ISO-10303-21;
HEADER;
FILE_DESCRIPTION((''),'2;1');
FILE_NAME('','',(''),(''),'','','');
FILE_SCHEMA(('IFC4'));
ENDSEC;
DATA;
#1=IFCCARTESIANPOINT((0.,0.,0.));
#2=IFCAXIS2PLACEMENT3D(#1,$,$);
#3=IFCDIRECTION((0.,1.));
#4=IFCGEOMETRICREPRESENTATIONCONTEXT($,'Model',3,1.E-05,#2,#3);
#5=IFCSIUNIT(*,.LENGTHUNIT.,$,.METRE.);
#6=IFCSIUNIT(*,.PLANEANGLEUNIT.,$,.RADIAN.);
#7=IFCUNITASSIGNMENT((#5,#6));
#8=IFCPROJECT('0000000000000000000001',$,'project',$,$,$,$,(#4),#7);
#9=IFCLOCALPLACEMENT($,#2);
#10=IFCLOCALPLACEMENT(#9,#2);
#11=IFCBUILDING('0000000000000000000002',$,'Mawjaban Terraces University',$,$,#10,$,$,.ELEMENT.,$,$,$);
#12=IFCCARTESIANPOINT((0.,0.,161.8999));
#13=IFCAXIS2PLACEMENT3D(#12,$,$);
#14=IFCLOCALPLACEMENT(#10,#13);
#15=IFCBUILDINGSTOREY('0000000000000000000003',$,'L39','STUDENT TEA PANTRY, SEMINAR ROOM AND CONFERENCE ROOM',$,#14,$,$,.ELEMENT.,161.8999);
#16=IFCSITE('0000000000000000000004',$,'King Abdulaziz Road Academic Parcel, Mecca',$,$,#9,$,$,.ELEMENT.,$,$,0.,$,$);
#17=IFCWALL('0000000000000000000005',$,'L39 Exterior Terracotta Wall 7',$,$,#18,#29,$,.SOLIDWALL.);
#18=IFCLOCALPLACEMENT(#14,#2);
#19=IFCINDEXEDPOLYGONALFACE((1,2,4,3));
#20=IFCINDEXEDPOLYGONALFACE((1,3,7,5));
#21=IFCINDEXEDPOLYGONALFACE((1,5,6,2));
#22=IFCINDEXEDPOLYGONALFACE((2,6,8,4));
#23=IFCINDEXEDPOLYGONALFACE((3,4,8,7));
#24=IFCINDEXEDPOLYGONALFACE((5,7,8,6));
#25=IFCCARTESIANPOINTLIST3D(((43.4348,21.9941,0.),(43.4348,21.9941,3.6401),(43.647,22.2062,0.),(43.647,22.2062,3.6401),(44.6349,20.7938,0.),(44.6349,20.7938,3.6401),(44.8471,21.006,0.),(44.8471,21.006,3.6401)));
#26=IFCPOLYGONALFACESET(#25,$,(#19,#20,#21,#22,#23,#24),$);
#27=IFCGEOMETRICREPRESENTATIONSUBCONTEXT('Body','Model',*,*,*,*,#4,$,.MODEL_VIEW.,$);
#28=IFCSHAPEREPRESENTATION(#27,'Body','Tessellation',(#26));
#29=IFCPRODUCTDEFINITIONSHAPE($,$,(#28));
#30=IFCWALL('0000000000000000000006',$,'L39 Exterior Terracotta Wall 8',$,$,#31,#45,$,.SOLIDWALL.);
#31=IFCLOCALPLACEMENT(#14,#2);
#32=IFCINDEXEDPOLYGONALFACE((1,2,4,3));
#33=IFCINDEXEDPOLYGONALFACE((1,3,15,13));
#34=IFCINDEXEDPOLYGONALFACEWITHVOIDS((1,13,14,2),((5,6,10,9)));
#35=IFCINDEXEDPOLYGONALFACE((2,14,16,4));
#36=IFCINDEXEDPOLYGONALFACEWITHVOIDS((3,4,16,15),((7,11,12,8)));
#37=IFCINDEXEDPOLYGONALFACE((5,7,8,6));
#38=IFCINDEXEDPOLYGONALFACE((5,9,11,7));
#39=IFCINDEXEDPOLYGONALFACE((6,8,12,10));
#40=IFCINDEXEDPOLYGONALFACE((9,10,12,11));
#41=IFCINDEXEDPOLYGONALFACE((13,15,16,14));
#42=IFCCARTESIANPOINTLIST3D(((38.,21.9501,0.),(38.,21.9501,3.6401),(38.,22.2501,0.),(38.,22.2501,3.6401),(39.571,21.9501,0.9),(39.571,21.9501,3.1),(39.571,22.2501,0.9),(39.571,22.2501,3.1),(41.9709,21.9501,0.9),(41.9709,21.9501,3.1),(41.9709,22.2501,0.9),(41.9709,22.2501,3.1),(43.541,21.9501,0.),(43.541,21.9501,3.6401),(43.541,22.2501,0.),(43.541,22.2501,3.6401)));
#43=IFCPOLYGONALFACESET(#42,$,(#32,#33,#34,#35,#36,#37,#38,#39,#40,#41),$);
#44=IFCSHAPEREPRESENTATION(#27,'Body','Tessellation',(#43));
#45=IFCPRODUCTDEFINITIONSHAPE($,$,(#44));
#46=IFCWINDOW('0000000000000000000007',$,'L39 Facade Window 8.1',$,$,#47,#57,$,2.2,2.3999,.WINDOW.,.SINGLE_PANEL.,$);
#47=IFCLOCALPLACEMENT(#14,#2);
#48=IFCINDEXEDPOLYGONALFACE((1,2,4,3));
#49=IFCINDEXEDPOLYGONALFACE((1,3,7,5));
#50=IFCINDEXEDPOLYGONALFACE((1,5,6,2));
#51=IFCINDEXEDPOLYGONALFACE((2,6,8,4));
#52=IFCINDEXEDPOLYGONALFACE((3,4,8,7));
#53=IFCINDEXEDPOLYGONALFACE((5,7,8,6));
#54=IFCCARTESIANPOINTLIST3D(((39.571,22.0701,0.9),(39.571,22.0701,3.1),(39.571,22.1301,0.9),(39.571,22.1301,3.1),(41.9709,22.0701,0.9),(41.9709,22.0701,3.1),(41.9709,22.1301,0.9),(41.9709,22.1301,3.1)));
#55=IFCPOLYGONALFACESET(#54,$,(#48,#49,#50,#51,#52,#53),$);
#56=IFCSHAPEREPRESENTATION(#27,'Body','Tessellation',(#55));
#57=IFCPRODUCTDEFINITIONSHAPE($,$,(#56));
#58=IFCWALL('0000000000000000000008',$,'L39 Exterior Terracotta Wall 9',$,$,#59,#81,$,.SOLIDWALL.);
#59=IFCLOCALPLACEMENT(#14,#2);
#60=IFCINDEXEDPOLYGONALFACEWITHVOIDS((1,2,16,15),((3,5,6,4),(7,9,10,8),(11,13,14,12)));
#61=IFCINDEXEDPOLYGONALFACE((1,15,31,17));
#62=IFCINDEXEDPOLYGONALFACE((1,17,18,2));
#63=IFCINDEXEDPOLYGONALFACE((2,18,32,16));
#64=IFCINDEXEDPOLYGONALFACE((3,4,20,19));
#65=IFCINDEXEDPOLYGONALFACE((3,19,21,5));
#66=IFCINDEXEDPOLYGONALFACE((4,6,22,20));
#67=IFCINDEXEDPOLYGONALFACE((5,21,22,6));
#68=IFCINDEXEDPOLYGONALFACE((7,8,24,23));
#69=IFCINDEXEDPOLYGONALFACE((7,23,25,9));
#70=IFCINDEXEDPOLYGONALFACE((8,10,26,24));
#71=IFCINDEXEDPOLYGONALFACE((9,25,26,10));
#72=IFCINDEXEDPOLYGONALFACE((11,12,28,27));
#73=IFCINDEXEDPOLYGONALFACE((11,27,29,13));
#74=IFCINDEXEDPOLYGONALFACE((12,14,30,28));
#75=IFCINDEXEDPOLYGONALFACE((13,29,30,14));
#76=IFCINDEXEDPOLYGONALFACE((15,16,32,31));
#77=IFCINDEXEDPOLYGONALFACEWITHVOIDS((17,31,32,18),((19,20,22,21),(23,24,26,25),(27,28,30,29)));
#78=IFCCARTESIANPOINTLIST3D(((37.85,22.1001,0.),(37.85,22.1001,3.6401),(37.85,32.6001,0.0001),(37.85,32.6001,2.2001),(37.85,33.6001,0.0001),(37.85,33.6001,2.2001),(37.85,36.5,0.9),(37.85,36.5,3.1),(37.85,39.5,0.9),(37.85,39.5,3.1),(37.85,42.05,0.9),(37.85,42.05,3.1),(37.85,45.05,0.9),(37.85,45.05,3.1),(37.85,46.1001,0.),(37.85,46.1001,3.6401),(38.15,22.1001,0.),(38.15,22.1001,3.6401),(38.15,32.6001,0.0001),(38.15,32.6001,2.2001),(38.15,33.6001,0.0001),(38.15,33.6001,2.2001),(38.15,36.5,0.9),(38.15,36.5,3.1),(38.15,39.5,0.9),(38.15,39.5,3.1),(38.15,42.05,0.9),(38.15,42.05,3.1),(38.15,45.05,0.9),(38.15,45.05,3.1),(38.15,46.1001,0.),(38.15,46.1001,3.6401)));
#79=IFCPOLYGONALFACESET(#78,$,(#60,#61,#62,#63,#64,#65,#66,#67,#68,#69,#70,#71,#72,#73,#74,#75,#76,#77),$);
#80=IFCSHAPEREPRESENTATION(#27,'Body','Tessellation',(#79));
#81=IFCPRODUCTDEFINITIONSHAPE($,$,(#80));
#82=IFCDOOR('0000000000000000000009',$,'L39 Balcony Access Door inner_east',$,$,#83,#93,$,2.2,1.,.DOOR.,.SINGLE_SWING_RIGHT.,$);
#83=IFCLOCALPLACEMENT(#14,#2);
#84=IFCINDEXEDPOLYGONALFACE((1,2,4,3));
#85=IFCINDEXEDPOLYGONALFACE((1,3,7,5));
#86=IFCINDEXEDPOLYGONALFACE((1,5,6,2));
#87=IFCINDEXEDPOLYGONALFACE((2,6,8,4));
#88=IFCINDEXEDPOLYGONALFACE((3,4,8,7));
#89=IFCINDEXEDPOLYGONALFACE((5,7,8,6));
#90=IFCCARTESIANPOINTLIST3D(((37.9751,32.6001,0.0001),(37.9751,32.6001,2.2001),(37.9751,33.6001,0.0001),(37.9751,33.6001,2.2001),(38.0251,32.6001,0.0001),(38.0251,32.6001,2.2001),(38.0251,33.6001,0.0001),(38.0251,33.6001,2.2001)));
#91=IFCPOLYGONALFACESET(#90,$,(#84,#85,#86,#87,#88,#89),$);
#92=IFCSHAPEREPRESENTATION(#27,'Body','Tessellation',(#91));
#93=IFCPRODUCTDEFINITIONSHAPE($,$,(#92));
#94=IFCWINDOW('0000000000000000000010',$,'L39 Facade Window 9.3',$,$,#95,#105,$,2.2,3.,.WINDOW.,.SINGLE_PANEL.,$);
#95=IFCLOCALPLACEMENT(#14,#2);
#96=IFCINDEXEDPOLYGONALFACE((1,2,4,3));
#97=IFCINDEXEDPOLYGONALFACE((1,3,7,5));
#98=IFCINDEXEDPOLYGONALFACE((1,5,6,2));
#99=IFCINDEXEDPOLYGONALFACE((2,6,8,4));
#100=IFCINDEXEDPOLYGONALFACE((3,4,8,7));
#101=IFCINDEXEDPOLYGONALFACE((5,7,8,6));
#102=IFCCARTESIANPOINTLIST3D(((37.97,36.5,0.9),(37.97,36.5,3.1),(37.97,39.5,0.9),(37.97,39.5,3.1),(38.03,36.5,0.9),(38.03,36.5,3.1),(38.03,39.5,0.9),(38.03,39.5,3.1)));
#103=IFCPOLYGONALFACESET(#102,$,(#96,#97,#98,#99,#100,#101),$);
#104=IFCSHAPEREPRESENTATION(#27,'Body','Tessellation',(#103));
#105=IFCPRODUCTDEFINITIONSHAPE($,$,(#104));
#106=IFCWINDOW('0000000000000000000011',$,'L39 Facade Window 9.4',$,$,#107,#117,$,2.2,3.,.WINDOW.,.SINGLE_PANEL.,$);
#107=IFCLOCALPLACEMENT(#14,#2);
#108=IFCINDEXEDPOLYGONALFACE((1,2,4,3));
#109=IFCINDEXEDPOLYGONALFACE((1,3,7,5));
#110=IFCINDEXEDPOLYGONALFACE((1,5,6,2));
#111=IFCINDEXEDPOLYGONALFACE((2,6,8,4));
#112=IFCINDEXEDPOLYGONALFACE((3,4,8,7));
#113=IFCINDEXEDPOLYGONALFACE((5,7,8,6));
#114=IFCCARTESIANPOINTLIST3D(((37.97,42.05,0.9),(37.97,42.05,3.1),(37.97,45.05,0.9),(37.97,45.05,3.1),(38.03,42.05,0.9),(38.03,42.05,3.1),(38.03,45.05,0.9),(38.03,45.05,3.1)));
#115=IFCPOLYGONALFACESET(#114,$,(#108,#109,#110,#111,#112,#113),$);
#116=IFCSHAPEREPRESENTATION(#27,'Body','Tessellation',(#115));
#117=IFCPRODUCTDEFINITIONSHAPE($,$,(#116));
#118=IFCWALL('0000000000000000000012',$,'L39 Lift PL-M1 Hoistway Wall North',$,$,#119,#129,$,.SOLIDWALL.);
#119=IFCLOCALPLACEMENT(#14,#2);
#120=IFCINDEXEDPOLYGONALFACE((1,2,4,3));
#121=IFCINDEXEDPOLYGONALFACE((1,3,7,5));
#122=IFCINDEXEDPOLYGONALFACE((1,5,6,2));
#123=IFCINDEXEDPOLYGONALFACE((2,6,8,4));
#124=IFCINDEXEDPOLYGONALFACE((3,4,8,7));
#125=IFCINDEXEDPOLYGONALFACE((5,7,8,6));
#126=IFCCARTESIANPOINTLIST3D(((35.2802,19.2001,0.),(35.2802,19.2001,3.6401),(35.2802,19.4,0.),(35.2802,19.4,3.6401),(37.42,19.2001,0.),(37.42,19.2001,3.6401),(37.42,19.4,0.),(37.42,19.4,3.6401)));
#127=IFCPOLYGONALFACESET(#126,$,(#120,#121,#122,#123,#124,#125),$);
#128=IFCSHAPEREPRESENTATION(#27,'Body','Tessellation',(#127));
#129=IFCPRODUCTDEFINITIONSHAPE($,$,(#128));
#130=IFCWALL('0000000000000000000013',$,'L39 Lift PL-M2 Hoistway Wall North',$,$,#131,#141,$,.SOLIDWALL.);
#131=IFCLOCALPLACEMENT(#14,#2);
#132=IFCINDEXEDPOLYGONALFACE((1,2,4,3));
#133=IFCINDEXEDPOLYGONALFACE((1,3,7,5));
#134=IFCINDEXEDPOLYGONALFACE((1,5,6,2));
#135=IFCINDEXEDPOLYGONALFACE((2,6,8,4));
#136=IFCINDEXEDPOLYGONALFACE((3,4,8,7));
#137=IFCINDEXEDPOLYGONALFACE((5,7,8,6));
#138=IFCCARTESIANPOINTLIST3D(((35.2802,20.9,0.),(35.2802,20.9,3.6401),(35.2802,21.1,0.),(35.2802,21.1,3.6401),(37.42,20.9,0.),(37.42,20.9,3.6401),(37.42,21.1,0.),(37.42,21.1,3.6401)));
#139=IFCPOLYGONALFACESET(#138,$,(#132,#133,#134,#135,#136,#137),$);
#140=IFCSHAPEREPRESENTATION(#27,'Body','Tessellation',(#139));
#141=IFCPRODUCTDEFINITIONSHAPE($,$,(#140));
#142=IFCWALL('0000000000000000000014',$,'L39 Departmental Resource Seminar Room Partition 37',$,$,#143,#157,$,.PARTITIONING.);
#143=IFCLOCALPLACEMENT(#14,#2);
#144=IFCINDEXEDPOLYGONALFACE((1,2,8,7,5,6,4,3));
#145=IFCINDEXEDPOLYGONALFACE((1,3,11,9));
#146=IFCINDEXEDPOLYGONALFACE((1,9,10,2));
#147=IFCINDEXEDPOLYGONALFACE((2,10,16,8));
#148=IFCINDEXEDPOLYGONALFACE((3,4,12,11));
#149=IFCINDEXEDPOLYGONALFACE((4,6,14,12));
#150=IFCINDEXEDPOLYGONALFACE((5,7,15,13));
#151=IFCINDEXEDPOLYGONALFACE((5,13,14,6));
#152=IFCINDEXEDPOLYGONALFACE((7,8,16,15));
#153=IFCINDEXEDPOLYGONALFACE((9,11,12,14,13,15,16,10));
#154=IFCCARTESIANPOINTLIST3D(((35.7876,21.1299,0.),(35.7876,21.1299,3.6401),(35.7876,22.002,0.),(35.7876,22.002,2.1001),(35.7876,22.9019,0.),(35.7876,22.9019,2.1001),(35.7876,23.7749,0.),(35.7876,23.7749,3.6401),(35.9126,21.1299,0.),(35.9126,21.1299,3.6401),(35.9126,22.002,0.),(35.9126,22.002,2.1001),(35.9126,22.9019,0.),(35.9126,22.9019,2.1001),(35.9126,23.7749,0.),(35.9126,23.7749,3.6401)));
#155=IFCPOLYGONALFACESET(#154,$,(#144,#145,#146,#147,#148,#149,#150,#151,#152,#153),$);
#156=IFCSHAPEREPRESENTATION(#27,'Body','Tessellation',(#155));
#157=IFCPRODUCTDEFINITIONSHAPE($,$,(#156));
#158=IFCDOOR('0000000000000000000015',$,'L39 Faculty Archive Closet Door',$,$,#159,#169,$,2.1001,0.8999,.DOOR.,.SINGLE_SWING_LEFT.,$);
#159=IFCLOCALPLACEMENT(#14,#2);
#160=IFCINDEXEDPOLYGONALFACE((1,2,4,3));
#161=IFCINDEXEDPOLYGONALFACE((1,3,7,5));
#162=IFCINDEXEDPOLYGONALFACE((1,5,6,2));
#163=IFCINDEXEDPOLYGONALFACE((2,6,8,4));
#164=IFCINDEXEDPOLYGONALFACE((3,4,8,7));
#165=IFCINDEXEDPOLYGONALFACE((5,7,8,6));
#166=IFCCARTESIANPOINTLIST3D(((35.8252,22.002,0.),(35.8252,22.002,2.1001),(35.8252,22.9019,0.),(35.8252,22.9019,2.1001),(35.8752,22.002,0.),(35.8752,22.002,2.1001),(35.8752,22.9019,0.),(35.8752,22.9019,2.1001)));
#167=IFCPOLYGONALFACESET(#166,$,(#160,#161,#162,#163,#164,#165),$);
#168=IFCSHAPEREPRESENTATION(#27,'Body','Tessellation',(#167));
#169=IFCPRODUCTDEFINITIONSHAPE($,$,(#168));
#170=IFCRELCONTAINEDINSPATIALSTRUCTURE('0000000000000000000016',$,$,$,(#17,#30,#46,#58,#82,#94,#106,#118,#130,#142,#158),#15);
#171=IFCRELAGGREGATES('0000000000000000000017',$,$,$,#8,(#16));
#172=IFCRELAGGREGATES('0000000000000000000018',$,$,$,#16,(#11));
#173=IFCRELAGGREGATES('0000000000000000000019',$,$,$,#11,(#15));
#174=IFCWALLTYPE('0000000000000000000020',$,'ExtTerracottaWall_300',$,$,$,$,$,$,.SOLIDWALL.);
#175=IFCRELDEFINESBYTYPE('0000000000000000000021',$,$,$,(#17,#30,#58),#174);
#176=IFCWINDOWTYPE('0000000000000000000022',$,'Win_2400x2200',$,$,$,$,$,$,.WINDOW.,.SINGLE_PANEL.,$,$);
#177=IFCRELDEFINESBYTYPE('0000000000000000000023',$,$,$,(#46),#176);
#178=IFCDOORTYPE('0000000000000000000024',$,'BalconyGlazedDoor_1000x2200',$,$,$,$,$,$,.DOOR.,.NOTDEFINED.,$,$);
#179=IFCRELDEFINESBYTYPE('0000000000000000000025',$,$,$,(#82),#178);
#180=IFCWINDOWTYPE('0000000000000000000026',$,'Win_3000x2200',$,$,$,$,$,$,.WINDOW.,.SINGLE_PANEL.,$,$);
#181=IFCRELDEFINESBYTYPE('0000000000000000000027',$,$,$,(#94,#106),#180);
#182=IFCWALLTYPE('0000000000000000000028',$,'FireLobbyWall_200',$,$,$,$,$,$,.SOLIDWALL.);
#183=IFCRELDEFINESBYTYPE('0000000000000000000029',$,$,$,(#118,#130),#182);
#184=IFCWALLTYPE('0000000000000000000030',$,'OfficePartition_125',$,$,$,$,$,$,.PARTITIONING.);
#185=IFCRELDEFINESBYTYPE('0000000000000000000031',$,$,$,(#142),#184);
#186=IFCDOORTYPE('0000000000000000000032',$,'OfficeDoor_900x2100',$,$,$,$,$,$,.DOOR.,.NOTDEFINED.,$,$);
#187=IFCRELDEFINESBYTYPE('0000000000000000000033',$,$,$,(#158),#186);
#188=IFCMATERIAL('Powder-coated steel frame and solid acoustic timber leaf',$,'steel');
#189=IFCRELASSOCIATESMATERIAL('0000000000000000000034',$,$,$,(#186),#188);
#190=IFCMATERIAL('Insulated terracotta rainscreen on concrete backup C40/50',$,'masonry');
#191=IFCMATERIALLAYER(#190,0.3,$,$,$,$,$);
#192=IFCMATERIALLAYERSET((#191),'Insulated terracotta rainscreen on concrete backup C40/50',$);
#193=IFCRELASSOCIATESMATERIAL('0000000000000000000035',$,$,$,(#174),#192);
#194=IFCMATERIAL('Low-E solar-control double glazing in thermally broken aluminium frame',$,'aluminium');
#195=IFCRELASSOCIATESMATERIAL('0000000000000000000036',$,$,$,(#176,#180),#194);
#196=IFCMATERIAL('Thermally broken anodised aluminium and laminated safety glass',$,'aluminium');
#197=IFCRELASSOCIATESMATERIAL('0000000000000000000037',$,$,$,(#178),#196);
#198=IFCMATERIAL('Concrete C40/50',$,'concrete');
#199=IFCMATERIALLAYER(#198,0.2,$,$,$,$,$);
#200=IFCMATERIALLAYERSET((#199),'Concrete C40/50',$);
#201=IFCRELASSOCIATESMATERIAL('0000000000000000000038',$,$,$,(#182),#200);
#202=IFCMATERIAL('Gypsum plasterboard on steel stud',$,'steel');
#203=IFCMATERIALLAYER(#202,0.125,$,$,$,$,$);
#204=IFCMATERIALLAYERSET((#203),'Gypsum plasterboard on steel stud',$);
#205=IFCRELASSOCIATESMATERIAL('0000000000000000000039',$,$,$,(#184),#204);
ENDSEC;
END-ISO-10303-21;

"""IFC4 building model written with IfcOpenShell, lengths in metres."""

from ifc_helpers import new_model, si_unit, direction, frame, frame_2d, origin, place, context, subcontext, project, spatial, rectangle, extrude, material, layer, layer_set, type_object, element, fill, save


model = new_model("IFC4")

# Units and contexts
model_context = context("Model", 3, precision=1e-05, world=origin(), true_north=direction((0.0, 1.0)))
body_context = subcontext(model_context, "Body", "Model", "MODEL_VIEW")
ifc_project = project(units=[si_unit("LENGTHUNIT", "METRE"), si_unit("PLANEANGLEUNIT", "RADIAN")], contexts=[model_context])

# Site, building, storey
site_placement = place(None, origin())
site = spatial("IfcSite", under=ifc_project, at=site_placement, Name="King Abdulaziz Road Academic Parcel, Mecca", CompositionType="ELEMENT", RefElevation=0.0)
building_placement = place(site_placement, origin())
building = spatial("IfcBuilding", under=site, at=building_placement, Name="Mawjaban Terraces University", CompositionType="ELEMENT")
storey_placement = place(building_placement, frame((0.0, 0.0, 161.8999)))
storey = spatial("IfcBuildingStorey", under=building, at=storey_placement, Name="L39", Description="STUDENT TEA PANTRY, SEMINAR ROOM AND CONFERENCE ROOM", CompositionType="ELEMENT", Elevation=161.8999)

# Shared definitions
ifc_material_1 = material(Name="Powder-coated steel frame and solid acoustic timber leaf", Category="steel")
door_type_1 = type_object("IfcDoorType", Name="OfficeDoor_900x2100", OperationType="NOTDEFINED", PredefinedType="DOOR", material=ifc_material_1)

# Wall
ifc_material_2 = material(Name="Insulated terracotta rainscreen on concrete backup C40/50", Category="masonry")
ifc_layer_1 = layer(ifc_material_2, 0.3)
ifc_layer_set_1 = layer_set([ifc_layer_1], Name="Insulated terracotta rainscreen on concrete backup C40/50")
wall_type_1 = type_object("IfcWallType", Name="ExtTerracottaWall_300", PredefinedType="SOLIDWALL", material=ifc_layer_set_1)
wall_1_placement = place(storey_placement, frame((44.741, 20.8999, 0.0), z_axis=(0.0, 0.0, 1.0), x_axis=(-0.707035, 0.707179, 0.0)))
element("IfcWall", 1, at=wall_1_placement, inside=storey, type_object=wall_type_1, Name="L39 Exterior Terracotta Wall 7", PredefinedType="SOLIDWALL", context=body_context, shape_type="SweptSolid", body=[
    extrude(rectangle(XDim=1.6973, YDim=0.3, at=frame_2d((0.8486, 0.0))), origin(), (0.0, 0.0, 1.0), 3.6401),
])

# Wall, opening, window
wall_2_placement = place(storey_placement, frame((43.541, 22.1001, 0.0), z_axis=(0.0, 0.0, 1.0), x_axis=(-1.0, 0.0, 0.0)))
wall_2 = element("IfcWall", 2, at=wall_2_placement, inside=storey, type_object=wall_type_1, Name="L39 Exterior Terracotta Wall 8", PredefinedType="SOLIDWALL", context=body_context, shape_type="SweptSolid", body=[
    extrude(rectangle(XDim=5.541, YDim=0.3, at=frame_2d((2.7705, 0.0))), origin(), (0.0, 0.0, 1.0), 3.6401),
])
opening_1_placement = place(wall_2_placement, frame((1.5701, 0.0, 0.8999)))
opening_1 = element("IfcOpeningElement", 3, at=opening_1_placement, cuts=wall_2, PredefinedType="OPENING", context=body_context, shape_type="SweptSolid", body=[
    extrude(rectangle(XDim=2.3999, YDim=2.2, at=frame_2d((1.2, 1.1001))), frame((0.0, 0.1599, 0.0), z_axis=(0.0, -1.0, 0.0), x_axis=(1.0, 0.0, 0.0)), (0.0, 0.0, 1.0), 0.3201),
])
ifc_material_3 = material(Name="Low-E solar-control double glazing in thermally broken aluminium frame", Category="aluminium")
window_type_1 = type_object("IfcWindowType", Name="Win_2400x2200", PartitioningType="SINGLE_PANEL", PredefinedType="WINDOW", material=ifc_material_3)
window_1_placement = place(opening_1_placement, origin())
window_1 = element("IfcWindow", 4, at=window_1_placement, inside=storey, type_object=window_type_1, Name="L39 Facade Window 8.1", OverallHeight=2.2, OverallWidth=2.3999, PartitioningType="SINGLE_PANEL", PredefinedType="WINDOW", context=body_context, shape_type="SweptSolid", body=[
    extrude(rectangle(XDim=2.3999, YDim=2.2, at=frame_2d((1.2, 1.1001))), frame((0.0, 0.03, 0.0), z_axis=(0.0, -1.0, 0.0), x_axis=(1.0, 0.0, 0.0)), (0.0, 0.0, 1.0), 0.0601),
])
fill(opening_1, window_1)

# Wall, openings, door, windows
wall_3_placement = place(storey_placement, frame((38.0, 22.1001, 0.0), z_axis=(0.0, 0.0, 1.0), x_axis=(0.0, 1.0, 0.0)))
wall_3 = element("IfcWall", 5, at=wall_3_placement, inside=storey, type_object=wall_type_1, Name="L39 Exterior Terracotta Wall 9", PredefinedType="SOLIDWALL", context=body_context, shape_type="SweptSolid", body=[
    extrude(rectangle(XDim=24.0, YDim=0.3, at=frame_2d((12.0, 0.0))), origin(), (0.0, 0.0, 1.0), 3.6401),
])
opening_2_placement = place(wall_3_placement, frame((10.5, 0.0, 0.0)))
opening_2 = element("IfcOpeningElement", 6, at=opening_2_placement, cuts=wall_3, PredefinedType="OPENING", context=body_context, shape_type="SweptSolid", body=[
    extrude(rectangle(XDim=1.0, YDim=2.2, at=frame_2d((0.5, 1.1001))), frame((0.0, 0.1599, 0.0), z_axis=(0.0, -1.0, 0.0), x_axis=(1.0, 0.0, 0.0)), (0.0, 0.0, 1.0), 0.3201),
])
opening_3_placement = place(wall_3_placement, frame((14.3999, 0.0, 0.8999)))
opening_3 = element("IfcOpeningElement", 7, at=opening_3_placement, cuts=wall_3, PredefinedType="OPENING", context=body_context, shape_type="SweptSolid", body=[
    extrude(rectangle(XDim=3.0, YDim=2.2, at=frame_2d((1.5, 1.1001))), frame((0.0, 0.1599, 0.0), z_axis=(0.0, -1.0, 0.0), x_axis=(1.0, 0.0, 0.0)), (0.0, 0.0, 1.0), 0.3201),
])
opening_4_placement = place(wall_3_placement, frame((19.95, 0.0, 0.8999)))
opening_4 = element("IfcOpeningElement", 8, at=opening_4_placement, cuts=wall_3, PredefinedType="OPENING", context=body_context, shape_type="SweptSolid", body=[
    extrude(rectangle(XDim=3.0, YDim=2.2, at=frame_2d((1.5, 1.1001))), frame((0.0, 0.1599, 0.0), z_axis=(0.0, -1.0, 0.0), x_axis=(1.0, 0.0, 0.0)), (0.0, 0.0, 1.0), 0.3201),
])
ifc_material_4 = material(Name="Thermally broken anodised aluminium and laminated safety glass", Category="aluminium")
door_type_2 = type_object("IfcDoorType", Name="BalconyGlazedDoor_1000x2200", OperationType="NOTDEFINED", PredefinedType="DOOR", material=ifc_material_4)
door_1_placement = place(opening_2_placement, origin())
door_1 = element("IfcDoor", 9, at=door_1_placement, inside=storey, type_object=door_type_2, Name="L39 Balcony Access Door inner_east", OperationType="SINGLE_SWING_RIGHT", OverallHeight=2.2, OverallWidth=1.0, PredefinedType="DOOR", context=body_context, shape_type="SweptSolid", body=[
    extrude(rectangle(XDim=1.0, YDim=2.2, at=frame_2d((0.5, 1.1001))), frame((0.0, 0.0249, 0.0), z_axis=(0.0, -1.0, 0.0), x_axis=(1.0, 0.0, 0.0)), (0.0, 0.0, 1.0), 0.05),
])
fill(opening_2, door_1)
window_type_2 = type_object("IfcWindowType", Name="Win_3000x2200", PartitioningType="SINGLE_PANEL", PredefinedType="WINDOW", material=ifc_material_3)
window_2_placement = place(opening_3_placement, origin())
window_2 = element("IfcWindow", 10, at=window_2_placement, inside=storey, type_object=window_type_2, Name="L39 Facade Window 9.3", OverallHeight=2.2, OverallWidth=3.0, PartitioningType="SINGLE_PANEL", PredefinedType="WINDOW", context=body_context, shape_type="SweptSolid", body=[
    extrude(rectangle(XDim=3.0, YDim=2.2, at=frame_2d((1.5, 1.1001))), frame((0.0, 0.03, 0.0), z_axis=(0.0, -1.0, 0.0), x_axis=(1.0, 0.0, 0.0)), (0.0, 0.0, 1.0), 0.0601),
])
fill(opening_3, window_2)
window_3_placement = place(opening_4_placement, origin())
window_3 = element("IfcWindow", 11, at=window_3_placement, inside=storey, type_object=window_type_2, Name="L39 Facade Window 9.4", OverallHeight=2.2, OverallWidth=3.0, PartitioningType="SINGLE_PANEL", PredefinedType="WINDOW", context=body_context, shape_type="SweptSolid", body=[
    extrude(rectangle(XDim=3.0, YDim=2.2, at=frame_2d((1.5, 1.1001))), frame((0.0, 0.03, 0.0), z_axis=(0.0, -1.0, 0.0), x_axis=(1.0, 0.0, 0.0)), (0.0, 0.0, 1.0), 0.0601),
])
fill(opening_4, window_3)

# Walls
ifc_material_5 = material(Name="Concrete C40/50", Category="concrete")
ifc_layer_2 = layer(ifc_material_5, 0.2)
ifc_layer_set_2 = layer_set([ifc_layer_2], Name="Concrete C40/50")
wall_type_2 = type_object("IfcWallType", Name="FireLobbyWall_200", PredefinedType="SOLIDWALL", material=ifc_layer_set_2)
for number, where, z_axis, x_axis, name in (
    (12, (37.4199, 19.3, 0.0), (0.0, 0.0, 1.0), (-1.0, 0.0, 0.0), "L39 Lift PL-M1 Hoistway Wall North"),
    (13, (37.4199, 21.0, 0.0), (0.0, 0.0, 1.0), (-1.0, 0.0, 0.0), "L39 Lift PL-M2 Hoistway Wall North"),
):
    element("IfcWall", number, at=place(storey_placement, frame(where, z_axis=z_axis, x_axis=x_axis)), inside=storey, type_object=wall_type_2, Name=name, PredefinedType="SOLIDWALL", context=body_context, shape_type="SweptSolid", body=[
        extrude(rectangle(XDim=2.1399, YDim=0.2, at=frame_2d((1.0698, 0.0))), origin(), (0.0, 0.0, 1.0), 3.6401),
    ])

# Wall, opening, door
ifc_material_6 = material(Name="Gypsum plasterboard on steel stud", Category="steel")
ifc_layer_3 = layer(ifc_material_6, 0.125)
ifc_layer_set_3 = layer_set([ifc_layer_3], Name="Gypsum plasterboard on steel stud")
wall_type_3 = type_object("IfcWallType", Name="OfficePartition_125", PredefinedType="PARTITIONING", material=ifc_layer_set_3)
wall_4_placement = place(storey_placement, frame((35.8501, 21.1299, 0.0), z_axis=(0.0, 0.0, 1.0), x_axis=(0.0, 1.0, 0.0)))
wall_4 = element("IfcWall", 14, at=wall_4_placement, inside=storey, type_object=wall_type_3, Name="L39 Departmental Resource Seminar Room Partition 37", PredefinedType="PARTITIONING", context=body_context, shape_type="SweptSolid", body=[
    extrude(rectangle(XDim=2.645, YDim=0.125, at=frame_2d((1.3225, 0.0))), origin(), (0.0, 0.0, 1.0), 3.6401),
])
opening_5_placement = place(wall_4_placement, frame((0.8721, 0.0, 0.0)))
opening_5 = element("IfcOpeningElement", 15, at=opening_5_placement, cuts=wall_4, PredefinedType="OPENING", context=body_context, shape_type="SweptSolid", body=[
    extrude(rectangle(XDim=0.8999, YDim=2.1001, at=frame_2d((0.45, 1.05))), frame((0.0, 0.0725, 0.0), z_axis=(0.0, -1.0, 0.0), x_axis=(1.0, 0.0, 0.0)), (0.0, 0.0, 1.0), 0.145),
])
door_2_placement = place(opening_5_placement, origin())
door_2 = element("IfcDoor", 16, at=door_2_placement, inside=storey, type_object=door_type_1, Name="L39 Faculty Archive Closet Door", OperationType="SINGLE_SWING_LEFT", OverallHeight=2.1001, OverallWidth=0.8999, PredefinedType="DOOR", context=body_context, shape_type="SweptSolid", body=[
    extrude(rectangle(XDim=0.8999, YDim=2.1001, at=frame_2d((0.45, 1.05))), frame((0.0, 0.0249, 0.0), z_axis=(0.0, -1.0, 0.0), x_axis=(1.0, 0.0, 0.0)), (0.0, 0.0, 1.0), 0.05),
])
fill(opening_5, door_2)

save(model, "model.ifc")
